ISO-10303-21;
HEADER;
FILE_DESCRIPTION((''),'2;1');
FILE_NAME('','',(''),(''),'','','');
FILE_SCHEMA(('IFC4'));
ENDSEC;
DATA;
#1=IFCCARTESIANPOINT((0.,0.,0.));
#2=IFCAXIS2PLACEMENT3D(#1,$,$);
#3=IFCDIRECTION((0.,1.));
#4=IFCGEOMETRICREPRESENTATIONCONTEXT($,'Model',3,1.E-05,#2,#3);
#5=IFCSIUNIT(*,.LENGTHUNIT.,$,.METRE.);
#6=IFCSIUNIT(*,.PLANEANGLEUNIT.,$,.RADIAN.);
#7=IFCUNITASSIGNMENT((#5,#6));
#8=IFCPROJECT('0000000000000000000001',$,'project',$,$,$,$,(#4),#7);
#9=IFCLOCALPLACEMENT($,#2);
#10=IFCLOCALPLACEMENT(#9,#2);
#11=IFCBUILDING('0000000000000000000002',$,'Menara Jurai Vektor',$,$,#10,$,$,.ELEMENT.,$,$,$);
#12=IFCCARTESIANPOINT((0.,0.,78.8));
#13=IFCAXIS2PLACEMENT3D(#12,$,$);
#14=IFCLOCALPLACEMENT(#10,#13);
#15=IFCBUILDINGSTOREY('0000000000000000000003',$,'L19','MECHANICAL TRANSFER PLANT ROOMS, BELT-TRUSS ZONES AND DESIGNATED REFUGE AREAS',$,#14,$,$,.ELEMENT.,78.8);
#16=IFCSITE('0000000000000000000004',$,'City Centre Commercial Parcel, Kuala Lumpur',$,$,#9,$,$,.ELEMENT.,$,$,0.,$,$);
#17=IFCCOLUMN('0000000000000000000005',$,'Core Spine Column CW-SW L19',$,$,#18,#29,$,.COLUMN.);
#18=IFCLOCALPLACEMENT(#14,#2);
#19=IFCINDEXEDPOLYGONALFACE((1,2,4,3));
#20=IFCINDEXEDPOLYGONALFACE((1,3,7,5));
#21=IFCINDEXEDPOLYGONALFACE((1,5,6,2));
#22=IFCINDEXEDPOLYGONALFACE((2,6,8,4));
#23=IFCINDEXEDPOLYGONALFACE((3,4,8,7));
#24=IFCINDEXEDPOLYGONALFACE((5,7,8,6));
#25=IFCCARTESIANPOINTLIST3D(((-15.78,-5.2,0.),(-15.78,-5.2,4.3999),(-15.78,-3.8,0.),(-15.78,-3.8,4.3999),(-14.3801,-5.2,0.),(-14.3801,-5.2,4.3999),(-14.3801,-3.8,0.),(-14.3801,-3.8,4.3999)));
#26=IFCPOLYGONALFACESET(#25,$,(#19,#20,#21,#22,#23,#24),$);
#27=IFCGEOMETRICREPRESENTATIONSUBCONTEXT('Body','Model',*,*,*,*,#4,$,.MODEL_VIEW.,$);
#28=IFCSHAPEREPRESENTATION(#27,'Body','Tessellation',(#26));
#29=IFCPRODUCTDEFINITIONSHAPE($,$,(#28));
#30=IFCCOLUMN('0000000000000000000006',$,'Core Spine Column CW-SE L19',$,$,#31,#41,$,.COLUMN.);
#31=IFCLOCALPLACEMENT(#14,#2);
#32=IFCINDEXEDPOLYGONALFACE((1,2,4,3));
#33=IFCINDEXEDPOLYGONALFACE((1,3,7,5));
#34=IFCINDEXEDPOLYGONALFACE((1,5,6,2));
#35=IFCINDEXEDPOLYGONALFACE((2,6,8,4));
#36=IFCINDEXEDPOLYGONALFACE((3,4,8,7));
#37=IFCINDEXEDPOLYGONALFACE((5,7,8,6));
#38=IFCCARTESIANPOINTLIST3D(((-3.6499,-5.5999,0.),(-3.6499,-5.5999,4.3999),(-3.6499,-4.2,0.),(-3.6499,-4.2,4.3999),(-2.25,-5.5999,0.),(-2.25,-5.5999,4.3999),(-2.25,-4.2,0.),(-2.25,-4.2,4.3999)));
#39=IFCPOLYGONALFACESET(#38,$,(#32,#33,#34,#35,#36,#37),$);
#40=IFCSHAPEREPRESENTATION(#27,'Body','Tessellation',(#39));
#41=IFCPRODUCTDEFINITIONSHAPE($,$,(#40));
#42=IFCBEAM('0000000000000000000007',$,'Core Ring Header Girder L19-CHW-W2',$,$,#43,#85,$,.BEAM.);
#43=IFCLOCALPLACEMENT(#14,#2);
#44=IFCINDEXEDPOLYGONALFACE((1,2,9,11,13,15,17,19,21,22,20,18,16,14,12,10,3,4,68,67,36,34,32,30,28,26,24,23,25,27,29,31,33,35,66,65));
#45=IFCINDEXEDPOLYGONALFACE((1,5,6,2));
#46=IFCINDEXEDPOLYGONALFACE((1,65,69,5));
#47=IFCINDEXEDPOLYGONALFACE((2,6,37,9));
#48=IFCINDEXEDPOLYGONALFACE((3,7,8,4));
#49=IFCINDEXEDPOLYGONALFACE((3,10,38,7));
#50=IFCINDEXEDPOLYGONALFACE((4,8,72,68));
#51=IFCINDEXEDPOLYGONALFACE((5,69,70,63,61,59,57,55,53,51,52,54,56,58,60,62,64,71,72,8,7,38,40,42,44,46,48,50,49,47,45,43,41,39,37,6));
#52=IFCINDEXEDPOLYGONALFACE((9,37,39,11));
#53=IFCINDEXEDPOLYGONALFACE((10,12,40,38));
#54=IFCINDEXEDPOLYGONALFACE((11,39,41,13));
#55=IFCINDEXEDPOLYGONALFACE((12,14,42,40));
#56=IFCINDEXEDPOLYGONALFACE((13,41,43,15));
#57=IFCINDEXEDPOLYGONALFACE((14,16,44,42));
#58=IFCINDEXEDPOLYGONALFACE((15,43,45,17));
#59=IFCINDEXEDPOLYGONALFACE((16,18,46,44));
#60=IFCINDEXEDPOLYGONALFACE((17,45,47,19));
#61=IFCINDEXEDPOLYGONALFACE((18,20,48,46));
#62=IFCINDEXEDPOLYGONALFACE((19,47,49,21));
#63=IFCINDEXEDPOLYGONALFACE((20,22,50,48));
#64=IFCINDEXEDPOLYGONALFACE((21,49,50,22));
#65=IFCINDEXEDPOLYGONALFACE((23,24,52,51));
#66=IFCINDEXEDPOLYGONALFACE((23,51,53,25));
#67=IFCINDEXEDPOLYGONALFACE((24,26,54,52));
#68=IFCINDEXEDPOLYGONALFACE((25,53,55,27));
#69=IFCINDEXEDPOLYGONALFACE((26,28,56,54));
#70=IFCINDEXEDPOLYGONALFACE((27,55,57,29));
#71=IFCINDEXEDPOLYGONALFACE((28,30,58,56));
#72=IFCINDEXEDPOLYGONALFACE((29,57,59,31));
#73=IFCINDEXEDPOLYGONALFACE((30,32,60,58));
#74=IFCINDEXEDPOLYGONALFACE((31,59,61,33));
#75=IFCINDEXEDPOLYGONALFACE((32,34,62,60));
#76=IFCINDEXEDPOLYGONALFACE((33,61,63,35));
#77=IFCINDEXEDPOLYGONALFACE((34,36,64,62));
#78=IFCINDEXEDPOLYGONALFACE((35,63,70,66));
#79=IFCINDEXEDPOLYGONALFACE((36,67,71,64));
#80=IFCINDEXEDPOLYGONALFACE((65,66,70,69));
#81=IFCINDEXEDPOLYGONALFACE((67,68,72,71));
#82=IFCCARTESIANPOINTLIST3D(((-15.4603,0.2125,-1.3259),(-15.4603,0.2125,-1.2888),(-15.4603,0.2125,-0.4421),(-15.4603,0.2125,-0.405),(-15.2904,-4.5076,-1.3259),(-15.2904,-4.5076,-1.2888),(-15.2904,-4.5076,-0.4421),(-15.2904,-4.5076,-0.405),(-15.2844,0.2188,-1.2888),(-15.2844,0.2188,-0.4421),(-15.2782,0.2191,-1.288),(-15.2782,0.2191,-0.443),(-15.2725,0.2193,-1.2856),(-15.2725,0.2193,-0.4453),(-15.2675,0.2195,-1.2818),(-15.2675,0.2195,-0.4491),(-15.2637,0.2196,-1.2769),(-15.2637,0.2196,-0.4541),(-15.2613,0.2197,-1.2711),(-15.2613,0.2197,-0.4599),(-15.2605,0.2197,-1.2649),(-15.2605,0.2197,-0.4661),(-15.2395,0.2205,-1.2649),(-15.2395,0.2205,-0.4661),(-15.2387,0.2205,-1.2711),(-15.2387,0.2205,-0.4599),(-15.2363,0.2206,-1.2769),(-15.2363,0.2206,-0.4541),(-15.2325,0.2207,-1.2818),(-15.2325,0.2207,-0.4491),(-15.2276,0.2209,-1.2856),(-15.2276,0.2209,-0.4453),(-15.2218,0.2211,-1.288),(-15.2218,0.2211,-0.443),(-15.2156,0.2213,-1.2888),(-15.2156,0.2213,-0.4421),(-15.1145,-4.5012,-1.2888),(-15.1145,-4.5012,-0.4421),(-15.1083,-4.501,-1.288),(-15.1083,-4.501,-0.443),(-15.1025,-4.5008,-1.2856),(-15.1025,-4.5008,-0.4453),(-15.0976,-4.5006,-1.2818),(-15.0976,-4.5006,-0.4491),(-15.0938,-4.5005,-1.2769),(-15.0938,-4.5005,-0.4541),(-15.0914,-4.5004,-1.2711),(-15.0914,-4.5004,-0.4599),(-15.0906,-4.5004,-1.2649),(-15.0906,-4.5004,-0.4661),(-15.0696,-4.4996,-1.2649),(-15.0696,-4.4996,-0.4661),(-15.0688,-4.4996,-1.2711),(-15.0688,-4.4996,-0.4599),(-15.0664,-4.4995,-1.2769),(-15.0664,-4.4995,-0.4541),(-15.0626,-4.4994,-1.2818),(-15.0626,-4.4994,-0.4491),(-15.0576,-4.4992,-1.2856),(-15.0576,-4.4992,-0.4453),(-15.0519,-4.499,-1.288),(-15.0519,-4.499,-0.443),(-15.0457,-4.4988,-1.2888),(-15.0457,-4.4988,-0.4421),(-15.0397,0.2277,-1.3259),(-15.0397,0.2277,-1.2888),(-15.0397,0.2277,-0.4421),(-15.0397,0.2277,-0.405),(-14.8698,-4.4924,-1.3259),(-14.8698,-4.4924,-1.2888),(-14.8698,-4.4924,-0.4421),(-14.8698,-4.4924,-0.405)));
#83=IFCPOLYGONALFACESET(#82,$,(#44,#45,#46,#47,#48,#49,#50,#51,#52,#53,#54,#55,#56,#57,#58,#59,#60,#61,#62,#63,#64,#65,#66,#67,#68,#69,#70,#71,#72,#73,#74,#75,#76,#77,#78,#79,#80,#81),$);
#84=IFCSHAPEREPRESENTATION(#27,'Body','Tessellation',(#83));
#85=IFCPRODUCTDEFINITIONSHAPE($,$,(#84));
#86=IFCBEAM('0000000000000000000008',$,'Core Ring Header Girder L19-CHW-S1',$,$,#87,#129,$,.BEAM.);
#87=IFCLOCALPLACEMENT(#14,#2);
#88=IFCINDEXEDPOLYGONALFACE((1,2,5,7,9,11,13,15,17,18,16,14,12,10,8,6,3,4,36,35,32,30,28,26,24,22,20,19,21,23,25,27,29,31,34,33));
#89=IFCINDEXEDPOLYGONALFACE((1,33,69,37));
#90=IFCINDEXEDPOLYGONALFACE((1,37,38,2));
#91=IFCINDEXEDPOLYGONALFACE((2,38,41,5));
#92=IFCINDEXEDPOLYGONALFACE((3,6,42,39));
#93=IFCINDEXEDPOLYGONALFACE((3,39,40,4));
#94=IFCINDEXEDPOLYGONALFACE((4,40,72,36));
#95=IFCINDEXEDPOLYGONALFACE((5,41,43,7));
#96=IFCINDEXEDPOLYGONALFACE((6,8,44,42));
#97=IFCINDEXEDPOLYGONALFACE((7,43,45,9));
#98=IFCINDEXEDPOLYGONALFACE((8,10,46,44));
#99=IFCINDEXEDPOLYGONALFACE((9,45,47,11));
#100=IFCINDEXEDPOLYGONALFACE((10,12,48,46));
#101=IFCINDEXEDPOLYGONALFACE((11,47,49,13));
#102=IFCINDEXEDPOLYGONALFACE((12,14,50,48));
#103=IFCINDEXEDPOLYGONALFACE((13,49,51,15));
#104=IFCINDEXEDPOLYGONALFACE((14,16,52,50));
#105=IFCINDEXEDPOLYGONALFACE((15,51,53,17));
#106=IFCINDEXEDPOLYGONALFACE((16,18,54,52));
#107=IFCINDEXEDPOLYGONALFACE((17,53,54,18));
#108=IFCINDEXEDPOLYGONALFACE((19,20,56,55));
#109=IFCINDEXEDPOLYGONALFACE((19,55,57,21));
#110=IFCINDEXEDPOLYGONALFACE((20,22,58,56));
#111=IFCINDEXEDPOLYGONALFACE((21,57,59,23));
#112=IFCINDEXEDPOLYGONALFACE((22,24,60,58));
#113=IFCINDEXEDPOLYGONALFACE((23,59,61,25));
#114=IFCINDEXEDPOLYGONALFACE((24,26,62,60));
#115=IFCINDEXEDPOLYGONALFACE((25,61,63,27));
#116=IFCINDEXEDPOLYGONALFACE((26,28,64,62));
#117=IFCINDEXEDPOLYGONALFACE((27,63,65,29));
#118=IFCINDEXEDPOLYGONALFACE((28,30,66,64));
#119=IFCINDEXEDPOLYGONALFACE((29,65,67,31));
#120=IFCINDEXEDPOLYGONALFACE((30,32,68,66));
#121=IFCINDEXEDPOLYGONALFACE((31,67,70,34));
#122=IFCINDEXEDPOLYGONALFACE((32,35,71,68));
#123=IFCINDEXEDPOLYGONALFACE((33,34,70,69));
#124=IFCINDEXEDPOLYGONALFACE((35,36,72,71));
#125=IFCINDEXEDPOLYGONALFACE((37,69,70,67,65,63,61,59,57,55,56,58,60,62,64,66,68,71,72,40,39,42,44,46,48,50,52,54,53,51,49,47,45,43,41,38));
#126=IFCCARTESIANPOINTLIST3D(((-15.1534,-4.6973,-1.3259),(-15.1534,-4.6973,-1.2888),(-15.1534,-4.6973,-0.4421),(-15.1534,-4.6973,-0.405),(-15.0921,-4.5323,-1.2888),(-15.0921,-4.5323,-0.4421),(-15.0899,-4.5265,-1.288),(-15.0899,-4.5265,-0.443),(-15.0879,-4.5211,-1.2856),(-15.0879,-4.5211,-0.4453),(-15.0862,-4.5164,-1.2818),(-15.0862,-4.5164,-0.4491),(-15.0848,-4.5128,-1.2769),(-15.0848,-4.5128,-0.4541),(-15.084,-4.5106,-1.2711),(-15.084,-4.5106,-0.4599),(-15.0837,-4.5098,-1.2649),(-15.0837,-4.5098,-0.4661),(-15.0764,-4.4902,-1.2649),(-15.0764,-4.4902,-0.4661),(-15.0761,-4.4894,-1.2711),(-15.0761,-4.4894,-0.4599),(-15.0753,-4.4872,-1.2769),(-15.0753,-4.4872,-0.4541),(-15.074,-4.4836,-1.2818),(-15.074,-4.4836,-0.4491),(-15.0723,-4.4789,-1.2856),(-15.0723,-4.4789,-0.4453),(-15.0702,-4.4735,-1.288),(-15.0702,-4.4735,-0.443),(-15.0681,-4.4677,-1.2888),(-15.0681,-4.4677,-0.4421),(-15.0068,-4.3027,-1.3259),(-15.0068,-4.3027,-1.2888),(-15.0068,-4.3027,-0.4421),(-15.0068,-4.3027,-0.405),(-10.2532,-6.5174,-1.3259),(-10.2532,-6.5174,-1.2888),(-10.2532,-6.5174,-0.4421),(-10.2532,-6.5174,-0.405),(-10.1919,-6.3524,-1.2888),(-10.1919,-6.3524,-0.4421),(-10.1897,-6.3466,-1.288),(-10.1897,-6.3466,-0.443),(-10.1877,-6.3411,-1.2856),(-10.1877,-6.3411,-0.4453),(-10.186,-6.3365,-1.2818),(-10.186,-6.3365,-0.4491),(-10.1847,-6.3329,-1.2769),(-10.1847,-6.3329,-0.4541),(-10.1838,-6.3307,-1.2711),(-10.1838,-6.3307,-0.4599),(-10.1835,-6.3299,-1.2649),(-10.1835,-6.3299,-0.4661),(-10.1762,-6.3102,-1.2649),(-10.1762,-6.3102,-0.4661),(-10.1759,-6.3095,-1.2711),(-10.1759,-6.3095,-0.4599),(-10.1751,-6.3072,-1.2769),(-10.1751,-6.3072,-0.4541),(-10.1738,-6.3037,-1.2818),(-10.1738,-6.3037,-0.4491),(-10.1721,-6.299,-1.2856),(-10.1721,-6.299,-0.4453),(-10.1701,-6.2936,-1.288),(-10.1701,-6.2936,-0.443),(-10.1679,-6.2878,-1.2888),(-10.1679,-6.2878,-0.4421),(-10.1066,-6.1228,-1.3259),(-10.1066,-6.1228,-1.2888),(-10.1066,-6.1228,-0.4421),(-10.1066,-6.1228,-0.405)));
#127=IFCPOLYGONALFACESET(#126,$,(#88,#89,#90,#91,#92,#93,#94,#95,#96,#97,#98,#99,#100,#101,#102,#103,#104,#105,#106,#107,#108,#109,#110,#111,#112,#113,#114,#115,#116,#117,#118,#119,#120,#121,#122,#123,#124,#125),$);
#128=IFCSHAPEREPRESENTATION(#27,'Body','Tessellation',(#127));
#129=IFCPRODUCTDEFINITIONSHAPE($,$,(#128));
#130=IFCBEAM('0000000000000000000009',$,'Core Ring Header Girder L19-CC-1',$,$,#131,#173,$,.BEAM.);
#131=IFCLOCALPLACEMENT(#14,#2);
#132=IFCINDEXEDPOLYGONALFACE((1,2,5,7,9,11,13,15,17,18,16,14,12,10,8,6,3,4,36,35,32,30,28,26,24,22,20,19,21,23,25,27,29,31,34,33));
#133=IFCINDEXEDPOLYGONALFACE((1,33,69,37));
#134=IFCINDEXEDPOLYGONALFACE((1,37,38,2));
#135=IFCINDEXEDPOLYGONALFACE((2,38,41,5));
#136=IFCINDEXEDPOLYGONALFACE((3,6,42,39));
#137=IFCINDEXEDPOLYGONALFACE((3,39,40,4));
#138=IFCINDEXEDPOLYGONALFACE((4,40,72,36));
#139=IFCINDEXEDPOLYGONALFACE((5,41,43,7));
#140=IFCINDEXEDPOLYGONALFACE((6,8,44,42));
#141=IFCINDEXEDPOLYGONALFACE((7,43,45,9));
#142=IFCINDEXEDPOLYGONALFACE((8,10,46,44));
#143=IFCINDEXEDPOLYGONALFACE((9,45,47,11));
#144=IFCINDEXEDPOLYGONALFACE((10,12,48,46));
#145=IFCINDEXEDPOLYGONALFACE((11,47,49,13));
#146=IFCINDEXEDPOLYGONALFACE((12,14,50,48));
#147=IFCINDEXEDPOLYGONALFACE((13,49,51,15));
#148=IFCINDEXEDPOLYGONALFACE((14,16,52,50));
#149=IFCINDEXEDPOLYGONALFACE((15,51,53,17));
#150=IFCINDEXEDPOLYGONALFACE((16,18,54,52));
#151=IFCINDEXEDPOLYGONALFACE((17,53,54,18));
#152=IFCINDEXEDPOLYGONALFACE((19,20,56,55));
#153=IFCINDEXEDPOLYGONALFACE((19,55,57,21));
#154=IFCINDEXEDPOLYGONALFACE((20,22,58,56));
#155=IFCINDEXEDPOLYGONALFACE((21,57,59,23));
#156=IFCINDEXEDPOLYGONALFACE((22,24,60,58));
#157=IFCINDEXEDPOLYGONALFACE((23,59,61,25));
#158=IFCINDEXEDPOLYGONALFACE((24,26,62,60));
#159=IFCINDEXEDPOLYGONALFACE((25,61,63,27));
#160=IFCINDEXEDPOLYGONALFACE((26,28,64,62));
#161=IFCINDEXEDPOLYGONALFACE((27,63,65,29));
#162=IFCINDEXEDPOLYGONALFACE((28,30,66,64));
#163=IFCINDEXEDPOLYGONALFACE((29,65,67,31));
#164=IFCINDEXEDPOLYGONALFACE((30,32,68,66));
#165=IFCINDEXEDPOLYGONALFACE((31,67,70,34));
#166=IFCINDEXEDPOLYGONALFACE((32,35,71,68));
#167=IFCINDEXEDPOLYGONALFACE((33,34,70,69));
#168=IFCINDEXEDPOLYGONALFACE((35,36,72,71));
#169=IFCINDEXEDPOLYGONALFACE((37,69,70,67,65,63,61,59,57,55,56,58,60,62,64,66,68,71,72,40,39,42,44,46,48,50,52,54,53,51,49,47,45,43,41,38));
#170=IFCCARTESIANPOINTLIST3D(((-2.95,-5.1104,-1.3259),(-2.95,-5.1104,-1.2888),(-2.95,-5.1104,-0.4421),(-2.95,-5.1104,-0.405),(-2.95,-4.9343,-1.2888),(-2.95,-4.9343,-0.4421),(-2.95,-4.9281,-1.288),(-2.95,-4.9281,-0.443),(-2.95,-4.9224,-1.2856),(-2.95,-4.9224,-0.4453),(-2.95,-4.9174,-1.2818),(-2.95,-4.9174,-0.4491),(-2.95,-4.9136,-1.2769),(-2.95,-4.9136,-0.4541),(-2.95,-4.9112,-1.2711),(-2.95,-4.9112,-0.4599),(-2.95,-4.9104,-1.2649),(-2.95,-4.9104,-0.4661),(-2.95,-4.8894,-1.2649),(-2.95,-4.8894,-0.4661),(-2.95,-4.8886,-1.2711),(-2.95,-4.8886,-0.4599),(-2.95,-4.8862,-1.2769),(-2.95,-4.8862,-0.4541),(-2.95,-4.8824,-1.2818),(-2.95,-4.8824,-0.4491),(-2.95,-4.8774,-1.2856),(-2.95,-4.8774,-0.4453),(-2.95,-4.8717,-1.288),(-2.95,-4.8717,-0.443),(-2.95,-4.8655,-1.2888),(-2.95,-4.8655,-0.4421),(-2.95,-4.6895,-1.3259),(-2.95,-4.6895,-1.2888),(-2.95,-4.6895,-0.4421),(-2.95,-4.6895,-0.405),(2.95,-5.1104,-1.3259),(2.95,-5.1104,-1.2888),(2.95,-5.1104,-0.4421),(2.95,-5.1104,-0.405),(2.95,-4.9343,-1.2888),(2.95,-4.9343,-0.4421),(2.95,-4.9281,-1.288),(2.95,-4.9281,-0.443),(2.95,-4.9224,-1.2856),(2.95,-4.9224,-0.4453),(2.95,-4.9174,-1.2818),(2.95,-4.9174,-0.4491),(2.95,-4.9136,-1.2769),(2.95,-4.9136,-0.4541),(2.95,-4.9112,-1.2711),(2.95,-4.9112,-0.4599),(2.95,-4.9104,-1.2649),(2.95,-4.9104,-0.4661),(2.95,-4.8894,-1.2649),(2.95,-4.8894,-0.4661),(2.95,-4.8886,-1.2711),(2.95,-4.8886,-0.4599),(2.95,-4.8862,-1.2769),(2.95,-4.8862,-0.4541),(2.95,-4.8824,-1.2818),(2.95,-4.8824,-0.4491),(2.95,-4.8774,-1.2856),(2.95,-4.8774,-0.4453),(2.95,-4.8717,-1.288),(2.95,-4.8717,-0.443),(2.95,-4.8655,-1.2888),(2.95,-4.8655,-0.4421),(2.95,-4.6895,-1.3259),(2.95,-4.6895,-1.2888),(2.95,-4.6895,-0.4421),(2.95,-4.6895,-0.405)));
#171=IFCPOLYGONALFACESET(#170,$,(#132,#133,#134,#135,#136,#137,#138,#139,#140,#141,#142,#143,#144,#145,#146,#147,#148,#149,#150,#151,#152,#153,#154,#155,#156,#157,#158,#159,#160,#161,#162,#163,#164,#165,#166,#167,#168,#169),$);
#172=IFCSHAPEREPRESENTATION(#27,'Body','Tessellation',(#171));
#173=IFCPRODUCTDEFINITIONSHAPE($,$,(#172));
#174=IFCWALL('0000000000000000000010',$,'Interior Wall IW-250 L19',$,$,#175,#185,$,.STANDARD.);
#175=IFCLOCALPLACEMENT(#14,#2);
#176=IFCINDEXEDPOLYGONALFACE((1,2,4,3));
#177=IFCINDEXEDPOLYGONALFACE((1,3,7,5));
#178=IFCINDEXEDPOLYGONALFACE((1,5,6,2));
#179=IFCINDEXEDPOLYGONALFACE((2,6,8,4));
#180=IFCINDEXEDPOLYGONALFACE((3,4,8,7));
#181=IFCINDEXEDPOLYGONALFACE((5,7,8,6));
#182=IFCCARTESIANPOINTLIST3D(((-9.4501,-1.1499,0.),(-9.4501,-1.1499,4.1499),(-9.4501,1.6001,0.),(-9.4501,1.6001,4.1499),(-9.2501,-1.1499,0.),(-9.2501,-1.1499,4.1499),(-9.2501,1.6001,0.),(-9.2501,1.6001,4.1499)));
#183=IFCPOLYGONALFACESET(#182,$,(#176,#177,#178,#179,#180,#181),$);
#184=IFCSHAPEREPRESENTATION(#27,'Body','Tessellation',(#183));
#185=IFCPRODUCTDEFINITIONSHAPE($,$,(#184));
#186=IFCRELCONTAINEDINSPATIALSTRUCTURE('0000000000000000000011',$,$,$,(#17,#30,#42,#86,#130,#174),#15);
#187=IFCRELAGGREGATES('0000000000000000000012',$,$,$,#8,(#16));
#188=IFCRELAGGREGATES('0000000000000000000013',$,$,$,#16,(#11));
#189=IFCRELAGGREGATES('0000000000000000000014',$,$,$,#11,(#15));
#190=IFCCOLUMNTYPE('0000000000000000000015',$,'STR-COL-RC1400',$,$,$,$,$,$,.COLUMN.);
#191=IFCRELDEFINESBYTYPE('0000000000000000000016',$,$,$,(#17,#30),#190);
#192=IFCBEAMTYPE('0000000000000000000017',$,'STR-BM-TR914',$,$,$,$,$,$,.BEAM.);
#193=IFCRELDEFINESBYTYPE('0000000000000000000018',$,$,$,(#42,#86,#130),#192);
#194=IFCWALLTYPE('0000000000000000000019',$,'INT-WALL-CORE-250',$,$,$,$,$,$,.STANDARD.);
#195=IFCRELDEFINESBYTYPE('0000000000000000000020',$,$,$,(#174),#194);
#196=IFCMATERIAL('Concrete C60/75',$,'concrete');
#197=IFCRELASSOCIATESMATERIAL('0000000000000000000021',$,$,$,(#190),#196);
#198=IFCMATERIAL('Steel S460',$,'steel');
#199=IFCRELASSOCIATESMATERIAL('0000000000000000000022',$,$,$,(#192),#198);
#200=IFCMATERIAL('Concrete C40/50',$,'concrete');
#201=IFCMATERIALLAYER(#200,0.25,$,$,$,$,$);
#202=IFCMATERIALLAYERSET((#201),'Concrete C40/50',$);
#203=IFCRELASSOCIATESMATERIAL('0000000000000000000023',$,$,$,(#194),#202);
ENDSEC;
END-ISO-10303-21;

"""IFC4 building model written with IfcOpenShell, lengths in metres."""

from ifc_helpers import new_model, si_unit, direction, frame, frame_2d, origin, origin_2d, place, context, subcontext, project, spatial, rectangle, i_section, extrude, material, layer, layer_set, material_profile, profile_set, type_object, element, save


model = new_model("IFC4")

# Units and contexts
model_context = context("Model", 3, precision=1e-05, world=origin(), true_north=direction((0.0, 1.0)))
body_context = subcontext(model_context, "Body", "Model", "MODEL_VIEW")
ifc_project = project(units=[si_unit("LENGTHUNIT", "METRE"), si_unit("PLANEANGLEUNIT", "RADIAN")], contexts=[model_context])

# Site, building, storey
site_placement = place(None, origin())
site = spatial("IfcSite", under=ifc_project, at=site_placement, Name="City Centre Commercial Parcel, Kuala Lumpur", CompositionType="ELEMENT", RefElevation=0.0)
building_placement = place(site_placement, origin())
building = spatial("IfcBuilding", under=site, at=building_placement, Name="Menara Jurai Vektor", CompositionType="ELEMENT")
storey_placement = place(building_placement, frame((0.0, 0.0, 78.8)))
storey = spatial("IfcBuildingStorey", under=building, at=storey_placement, Name="L19", Description="MECHANICAL TRANSFER PLANT ROOMS, BELT-TRUSS ZONES AND DESIGNATED REFUGE AREAS", CompositionType="ELEMENT", Elevation=78.8)

# Columns
ifc_material_1 = material(Name="Concrete C60/75", Category="concrete")
ifc_material_profile_1 = material_profile(ifc_material_1, rectangle(XDim=1.3999, YDim=1.3999, at=origin_2d()), Name="RC 1400x1400")
ifc_profile_set_1 = profile_set([ifc_material_profile_1], Name="Concrete C60/75")
column_type = type_object("IfcColumnType", Name="STR-COL-RC1400", PredefinedType="COLUMN", material=ifc_profile_set_1)
for number, where, z_axis, x_axis, name in (
    (1, (-15.0801, -4.5, 0.0), (0.0, 0.0, 1.0), (1.0, 0.0, 0.0), "Core Spine Column CW-SW L19"),
    (2, (-2.95, -4.8999, 0.0), (0.0, 0.0, 1.0), (1.0, 0.0, 0.0), "Core Spine Column CW-SE L19"),
):
    element("IfcColumn", number, at=place(storey_placement, frame(where, z_axis=z_axis, x_axis=x_axis)), inside=storey, type_object=column_type, Name=name, PredefinedType="COLUMN", context=body_context, shape_type="SweptSolid", body=[
        extrude(rectangle(XDim=1.3999, YDim=1.3999, at=origin_2d()), origin(), (0.0, 0.0, 1.0), 4.3999),
    ])

# Beams
ifc_material_2 = material(Name="Steel S460", Category="steel")
ifc_material_profile_2 = material_profile(ifc_material_2, i_section(OverallWidth=0.4209, OverallDepth=0.9209, WebThickness=0.021, FlangeThickness=0.0371, FilletRadius=0.0239, at=origin_2d()), Name="UKB 914x419x388")
ifc_profile_set_2 = profile_set([ifc_material_profile_2], Name="Steel S460")
beam_type = type_object("IfcBeamType", Name="STR-BM-TR914", PredefinedType="BEAM", material=ifc_profile_set_2)
beam_1_placement = place(storey_placement, frame((-15.0801, -4.5, -0.8655), z_axis=(-0.035977, 0.999353, 0.0), x_axis=(-0.999353, -0.035977, 0.0)))
element("IfcBeam", 3, at=beam_1_placement, inside=storey, type_object=beam_type, Name="Core Ring Header Girder L19-CHW-W2", PredefinedType="BEAM", context=body_context, shape_type="SweptSolid", body=[
    extrude(i_section(OverallWidth=0.4209, OverallDepth=0.9209, WebThickness=0.021, FlangeThickness=0.0371, FilletRadius=0.0239, at=origin_2d()), origin(), (0.0, 0.0, 1.0), 4.7231),
])
beam_2_placement = place(storey_placement, frame((-15.0801, -4.5, -0.8655), z_axis=(0.937424, -0.348189, 0.0), x_axis=(0.348189, 0.937424, 0.0)))
element("IfcBeam", 4, at=beam_2_placement, inside=storey, type_object=beam_type, Name="Core Ring Header Girder L19-CHW-S1", PredefinedType="BEAM", context=body_context, shape_type="SweptSolid", body=[
    extrude(i_section(OverallWidth=0.4209, OverallDepth=0.9209, WebThickness=0.021, FlangeThickness=0.0371, FilletRadius=0.0239, at=origin_2d()), origin(), (0.0, 0.0, 1.0), 5.2273),
])
beam_3_placement = place(storey_placement, frame((-2.95, -4.8999, -0.8655), z_axis=(1.0, 0.0, 0.0), x_axis=(0.0, 1.0, 0.0)))
element("IfcBeam", 5, at=beam_3_placement, inside=storey, type_object=beam_type, Name="Core Ring Header Girder L19-CC-1", PredefinedType="BEAM", context=body_context, shape_type="SweptSolid", body=[
    extrude(i_section(OverallWidth=0.4209, OverallDepth=0.9209, WebThickness=0.021, FlangeThickness=0.0371, FilletRadius=0.0239, at=origin_2d()), origin(), (0.0, 0.0, 1.0), 5.8999),
])

# Shared definitions
ifc_material_3 = material(Name="Concrete C40/50", Category="concrete")
ifc_layer_1 = layer(ifc_material_3, 0.25)
ifc_layer_set_1 = layer_set([ifc_layer_1], Name="Concrete C40/50")
wall_type_1 = type_object("IfcWallType", Name="INT-WALL-CORE-250", PredefinedType="STANDARD", material=ifc_layer_set_1)

# Wall
wall_1_placement = place(storey_placement, frame((-9.3501, -1.1499, 0.0), z_axis=(0.0, 0.0, 1.0), x_axis=(0.0, 1.0, 0.0)))
element("IfcWall", 6, at=wall_1_placement, inside=storey, type_object=wall_type_1, Name="Interior Wall IW-250 L19", PredefinedType="STANDARD", context=body_context, shape_type="SweptSolid", body=[
    extrude(rectangle(XDim=2.75, YDim=0.2, at=frame_2d((1.375, 0.0))), origin(), (0.0, 0.0, 1.0), 4.1499),
])

save(model, "model.ifc")
